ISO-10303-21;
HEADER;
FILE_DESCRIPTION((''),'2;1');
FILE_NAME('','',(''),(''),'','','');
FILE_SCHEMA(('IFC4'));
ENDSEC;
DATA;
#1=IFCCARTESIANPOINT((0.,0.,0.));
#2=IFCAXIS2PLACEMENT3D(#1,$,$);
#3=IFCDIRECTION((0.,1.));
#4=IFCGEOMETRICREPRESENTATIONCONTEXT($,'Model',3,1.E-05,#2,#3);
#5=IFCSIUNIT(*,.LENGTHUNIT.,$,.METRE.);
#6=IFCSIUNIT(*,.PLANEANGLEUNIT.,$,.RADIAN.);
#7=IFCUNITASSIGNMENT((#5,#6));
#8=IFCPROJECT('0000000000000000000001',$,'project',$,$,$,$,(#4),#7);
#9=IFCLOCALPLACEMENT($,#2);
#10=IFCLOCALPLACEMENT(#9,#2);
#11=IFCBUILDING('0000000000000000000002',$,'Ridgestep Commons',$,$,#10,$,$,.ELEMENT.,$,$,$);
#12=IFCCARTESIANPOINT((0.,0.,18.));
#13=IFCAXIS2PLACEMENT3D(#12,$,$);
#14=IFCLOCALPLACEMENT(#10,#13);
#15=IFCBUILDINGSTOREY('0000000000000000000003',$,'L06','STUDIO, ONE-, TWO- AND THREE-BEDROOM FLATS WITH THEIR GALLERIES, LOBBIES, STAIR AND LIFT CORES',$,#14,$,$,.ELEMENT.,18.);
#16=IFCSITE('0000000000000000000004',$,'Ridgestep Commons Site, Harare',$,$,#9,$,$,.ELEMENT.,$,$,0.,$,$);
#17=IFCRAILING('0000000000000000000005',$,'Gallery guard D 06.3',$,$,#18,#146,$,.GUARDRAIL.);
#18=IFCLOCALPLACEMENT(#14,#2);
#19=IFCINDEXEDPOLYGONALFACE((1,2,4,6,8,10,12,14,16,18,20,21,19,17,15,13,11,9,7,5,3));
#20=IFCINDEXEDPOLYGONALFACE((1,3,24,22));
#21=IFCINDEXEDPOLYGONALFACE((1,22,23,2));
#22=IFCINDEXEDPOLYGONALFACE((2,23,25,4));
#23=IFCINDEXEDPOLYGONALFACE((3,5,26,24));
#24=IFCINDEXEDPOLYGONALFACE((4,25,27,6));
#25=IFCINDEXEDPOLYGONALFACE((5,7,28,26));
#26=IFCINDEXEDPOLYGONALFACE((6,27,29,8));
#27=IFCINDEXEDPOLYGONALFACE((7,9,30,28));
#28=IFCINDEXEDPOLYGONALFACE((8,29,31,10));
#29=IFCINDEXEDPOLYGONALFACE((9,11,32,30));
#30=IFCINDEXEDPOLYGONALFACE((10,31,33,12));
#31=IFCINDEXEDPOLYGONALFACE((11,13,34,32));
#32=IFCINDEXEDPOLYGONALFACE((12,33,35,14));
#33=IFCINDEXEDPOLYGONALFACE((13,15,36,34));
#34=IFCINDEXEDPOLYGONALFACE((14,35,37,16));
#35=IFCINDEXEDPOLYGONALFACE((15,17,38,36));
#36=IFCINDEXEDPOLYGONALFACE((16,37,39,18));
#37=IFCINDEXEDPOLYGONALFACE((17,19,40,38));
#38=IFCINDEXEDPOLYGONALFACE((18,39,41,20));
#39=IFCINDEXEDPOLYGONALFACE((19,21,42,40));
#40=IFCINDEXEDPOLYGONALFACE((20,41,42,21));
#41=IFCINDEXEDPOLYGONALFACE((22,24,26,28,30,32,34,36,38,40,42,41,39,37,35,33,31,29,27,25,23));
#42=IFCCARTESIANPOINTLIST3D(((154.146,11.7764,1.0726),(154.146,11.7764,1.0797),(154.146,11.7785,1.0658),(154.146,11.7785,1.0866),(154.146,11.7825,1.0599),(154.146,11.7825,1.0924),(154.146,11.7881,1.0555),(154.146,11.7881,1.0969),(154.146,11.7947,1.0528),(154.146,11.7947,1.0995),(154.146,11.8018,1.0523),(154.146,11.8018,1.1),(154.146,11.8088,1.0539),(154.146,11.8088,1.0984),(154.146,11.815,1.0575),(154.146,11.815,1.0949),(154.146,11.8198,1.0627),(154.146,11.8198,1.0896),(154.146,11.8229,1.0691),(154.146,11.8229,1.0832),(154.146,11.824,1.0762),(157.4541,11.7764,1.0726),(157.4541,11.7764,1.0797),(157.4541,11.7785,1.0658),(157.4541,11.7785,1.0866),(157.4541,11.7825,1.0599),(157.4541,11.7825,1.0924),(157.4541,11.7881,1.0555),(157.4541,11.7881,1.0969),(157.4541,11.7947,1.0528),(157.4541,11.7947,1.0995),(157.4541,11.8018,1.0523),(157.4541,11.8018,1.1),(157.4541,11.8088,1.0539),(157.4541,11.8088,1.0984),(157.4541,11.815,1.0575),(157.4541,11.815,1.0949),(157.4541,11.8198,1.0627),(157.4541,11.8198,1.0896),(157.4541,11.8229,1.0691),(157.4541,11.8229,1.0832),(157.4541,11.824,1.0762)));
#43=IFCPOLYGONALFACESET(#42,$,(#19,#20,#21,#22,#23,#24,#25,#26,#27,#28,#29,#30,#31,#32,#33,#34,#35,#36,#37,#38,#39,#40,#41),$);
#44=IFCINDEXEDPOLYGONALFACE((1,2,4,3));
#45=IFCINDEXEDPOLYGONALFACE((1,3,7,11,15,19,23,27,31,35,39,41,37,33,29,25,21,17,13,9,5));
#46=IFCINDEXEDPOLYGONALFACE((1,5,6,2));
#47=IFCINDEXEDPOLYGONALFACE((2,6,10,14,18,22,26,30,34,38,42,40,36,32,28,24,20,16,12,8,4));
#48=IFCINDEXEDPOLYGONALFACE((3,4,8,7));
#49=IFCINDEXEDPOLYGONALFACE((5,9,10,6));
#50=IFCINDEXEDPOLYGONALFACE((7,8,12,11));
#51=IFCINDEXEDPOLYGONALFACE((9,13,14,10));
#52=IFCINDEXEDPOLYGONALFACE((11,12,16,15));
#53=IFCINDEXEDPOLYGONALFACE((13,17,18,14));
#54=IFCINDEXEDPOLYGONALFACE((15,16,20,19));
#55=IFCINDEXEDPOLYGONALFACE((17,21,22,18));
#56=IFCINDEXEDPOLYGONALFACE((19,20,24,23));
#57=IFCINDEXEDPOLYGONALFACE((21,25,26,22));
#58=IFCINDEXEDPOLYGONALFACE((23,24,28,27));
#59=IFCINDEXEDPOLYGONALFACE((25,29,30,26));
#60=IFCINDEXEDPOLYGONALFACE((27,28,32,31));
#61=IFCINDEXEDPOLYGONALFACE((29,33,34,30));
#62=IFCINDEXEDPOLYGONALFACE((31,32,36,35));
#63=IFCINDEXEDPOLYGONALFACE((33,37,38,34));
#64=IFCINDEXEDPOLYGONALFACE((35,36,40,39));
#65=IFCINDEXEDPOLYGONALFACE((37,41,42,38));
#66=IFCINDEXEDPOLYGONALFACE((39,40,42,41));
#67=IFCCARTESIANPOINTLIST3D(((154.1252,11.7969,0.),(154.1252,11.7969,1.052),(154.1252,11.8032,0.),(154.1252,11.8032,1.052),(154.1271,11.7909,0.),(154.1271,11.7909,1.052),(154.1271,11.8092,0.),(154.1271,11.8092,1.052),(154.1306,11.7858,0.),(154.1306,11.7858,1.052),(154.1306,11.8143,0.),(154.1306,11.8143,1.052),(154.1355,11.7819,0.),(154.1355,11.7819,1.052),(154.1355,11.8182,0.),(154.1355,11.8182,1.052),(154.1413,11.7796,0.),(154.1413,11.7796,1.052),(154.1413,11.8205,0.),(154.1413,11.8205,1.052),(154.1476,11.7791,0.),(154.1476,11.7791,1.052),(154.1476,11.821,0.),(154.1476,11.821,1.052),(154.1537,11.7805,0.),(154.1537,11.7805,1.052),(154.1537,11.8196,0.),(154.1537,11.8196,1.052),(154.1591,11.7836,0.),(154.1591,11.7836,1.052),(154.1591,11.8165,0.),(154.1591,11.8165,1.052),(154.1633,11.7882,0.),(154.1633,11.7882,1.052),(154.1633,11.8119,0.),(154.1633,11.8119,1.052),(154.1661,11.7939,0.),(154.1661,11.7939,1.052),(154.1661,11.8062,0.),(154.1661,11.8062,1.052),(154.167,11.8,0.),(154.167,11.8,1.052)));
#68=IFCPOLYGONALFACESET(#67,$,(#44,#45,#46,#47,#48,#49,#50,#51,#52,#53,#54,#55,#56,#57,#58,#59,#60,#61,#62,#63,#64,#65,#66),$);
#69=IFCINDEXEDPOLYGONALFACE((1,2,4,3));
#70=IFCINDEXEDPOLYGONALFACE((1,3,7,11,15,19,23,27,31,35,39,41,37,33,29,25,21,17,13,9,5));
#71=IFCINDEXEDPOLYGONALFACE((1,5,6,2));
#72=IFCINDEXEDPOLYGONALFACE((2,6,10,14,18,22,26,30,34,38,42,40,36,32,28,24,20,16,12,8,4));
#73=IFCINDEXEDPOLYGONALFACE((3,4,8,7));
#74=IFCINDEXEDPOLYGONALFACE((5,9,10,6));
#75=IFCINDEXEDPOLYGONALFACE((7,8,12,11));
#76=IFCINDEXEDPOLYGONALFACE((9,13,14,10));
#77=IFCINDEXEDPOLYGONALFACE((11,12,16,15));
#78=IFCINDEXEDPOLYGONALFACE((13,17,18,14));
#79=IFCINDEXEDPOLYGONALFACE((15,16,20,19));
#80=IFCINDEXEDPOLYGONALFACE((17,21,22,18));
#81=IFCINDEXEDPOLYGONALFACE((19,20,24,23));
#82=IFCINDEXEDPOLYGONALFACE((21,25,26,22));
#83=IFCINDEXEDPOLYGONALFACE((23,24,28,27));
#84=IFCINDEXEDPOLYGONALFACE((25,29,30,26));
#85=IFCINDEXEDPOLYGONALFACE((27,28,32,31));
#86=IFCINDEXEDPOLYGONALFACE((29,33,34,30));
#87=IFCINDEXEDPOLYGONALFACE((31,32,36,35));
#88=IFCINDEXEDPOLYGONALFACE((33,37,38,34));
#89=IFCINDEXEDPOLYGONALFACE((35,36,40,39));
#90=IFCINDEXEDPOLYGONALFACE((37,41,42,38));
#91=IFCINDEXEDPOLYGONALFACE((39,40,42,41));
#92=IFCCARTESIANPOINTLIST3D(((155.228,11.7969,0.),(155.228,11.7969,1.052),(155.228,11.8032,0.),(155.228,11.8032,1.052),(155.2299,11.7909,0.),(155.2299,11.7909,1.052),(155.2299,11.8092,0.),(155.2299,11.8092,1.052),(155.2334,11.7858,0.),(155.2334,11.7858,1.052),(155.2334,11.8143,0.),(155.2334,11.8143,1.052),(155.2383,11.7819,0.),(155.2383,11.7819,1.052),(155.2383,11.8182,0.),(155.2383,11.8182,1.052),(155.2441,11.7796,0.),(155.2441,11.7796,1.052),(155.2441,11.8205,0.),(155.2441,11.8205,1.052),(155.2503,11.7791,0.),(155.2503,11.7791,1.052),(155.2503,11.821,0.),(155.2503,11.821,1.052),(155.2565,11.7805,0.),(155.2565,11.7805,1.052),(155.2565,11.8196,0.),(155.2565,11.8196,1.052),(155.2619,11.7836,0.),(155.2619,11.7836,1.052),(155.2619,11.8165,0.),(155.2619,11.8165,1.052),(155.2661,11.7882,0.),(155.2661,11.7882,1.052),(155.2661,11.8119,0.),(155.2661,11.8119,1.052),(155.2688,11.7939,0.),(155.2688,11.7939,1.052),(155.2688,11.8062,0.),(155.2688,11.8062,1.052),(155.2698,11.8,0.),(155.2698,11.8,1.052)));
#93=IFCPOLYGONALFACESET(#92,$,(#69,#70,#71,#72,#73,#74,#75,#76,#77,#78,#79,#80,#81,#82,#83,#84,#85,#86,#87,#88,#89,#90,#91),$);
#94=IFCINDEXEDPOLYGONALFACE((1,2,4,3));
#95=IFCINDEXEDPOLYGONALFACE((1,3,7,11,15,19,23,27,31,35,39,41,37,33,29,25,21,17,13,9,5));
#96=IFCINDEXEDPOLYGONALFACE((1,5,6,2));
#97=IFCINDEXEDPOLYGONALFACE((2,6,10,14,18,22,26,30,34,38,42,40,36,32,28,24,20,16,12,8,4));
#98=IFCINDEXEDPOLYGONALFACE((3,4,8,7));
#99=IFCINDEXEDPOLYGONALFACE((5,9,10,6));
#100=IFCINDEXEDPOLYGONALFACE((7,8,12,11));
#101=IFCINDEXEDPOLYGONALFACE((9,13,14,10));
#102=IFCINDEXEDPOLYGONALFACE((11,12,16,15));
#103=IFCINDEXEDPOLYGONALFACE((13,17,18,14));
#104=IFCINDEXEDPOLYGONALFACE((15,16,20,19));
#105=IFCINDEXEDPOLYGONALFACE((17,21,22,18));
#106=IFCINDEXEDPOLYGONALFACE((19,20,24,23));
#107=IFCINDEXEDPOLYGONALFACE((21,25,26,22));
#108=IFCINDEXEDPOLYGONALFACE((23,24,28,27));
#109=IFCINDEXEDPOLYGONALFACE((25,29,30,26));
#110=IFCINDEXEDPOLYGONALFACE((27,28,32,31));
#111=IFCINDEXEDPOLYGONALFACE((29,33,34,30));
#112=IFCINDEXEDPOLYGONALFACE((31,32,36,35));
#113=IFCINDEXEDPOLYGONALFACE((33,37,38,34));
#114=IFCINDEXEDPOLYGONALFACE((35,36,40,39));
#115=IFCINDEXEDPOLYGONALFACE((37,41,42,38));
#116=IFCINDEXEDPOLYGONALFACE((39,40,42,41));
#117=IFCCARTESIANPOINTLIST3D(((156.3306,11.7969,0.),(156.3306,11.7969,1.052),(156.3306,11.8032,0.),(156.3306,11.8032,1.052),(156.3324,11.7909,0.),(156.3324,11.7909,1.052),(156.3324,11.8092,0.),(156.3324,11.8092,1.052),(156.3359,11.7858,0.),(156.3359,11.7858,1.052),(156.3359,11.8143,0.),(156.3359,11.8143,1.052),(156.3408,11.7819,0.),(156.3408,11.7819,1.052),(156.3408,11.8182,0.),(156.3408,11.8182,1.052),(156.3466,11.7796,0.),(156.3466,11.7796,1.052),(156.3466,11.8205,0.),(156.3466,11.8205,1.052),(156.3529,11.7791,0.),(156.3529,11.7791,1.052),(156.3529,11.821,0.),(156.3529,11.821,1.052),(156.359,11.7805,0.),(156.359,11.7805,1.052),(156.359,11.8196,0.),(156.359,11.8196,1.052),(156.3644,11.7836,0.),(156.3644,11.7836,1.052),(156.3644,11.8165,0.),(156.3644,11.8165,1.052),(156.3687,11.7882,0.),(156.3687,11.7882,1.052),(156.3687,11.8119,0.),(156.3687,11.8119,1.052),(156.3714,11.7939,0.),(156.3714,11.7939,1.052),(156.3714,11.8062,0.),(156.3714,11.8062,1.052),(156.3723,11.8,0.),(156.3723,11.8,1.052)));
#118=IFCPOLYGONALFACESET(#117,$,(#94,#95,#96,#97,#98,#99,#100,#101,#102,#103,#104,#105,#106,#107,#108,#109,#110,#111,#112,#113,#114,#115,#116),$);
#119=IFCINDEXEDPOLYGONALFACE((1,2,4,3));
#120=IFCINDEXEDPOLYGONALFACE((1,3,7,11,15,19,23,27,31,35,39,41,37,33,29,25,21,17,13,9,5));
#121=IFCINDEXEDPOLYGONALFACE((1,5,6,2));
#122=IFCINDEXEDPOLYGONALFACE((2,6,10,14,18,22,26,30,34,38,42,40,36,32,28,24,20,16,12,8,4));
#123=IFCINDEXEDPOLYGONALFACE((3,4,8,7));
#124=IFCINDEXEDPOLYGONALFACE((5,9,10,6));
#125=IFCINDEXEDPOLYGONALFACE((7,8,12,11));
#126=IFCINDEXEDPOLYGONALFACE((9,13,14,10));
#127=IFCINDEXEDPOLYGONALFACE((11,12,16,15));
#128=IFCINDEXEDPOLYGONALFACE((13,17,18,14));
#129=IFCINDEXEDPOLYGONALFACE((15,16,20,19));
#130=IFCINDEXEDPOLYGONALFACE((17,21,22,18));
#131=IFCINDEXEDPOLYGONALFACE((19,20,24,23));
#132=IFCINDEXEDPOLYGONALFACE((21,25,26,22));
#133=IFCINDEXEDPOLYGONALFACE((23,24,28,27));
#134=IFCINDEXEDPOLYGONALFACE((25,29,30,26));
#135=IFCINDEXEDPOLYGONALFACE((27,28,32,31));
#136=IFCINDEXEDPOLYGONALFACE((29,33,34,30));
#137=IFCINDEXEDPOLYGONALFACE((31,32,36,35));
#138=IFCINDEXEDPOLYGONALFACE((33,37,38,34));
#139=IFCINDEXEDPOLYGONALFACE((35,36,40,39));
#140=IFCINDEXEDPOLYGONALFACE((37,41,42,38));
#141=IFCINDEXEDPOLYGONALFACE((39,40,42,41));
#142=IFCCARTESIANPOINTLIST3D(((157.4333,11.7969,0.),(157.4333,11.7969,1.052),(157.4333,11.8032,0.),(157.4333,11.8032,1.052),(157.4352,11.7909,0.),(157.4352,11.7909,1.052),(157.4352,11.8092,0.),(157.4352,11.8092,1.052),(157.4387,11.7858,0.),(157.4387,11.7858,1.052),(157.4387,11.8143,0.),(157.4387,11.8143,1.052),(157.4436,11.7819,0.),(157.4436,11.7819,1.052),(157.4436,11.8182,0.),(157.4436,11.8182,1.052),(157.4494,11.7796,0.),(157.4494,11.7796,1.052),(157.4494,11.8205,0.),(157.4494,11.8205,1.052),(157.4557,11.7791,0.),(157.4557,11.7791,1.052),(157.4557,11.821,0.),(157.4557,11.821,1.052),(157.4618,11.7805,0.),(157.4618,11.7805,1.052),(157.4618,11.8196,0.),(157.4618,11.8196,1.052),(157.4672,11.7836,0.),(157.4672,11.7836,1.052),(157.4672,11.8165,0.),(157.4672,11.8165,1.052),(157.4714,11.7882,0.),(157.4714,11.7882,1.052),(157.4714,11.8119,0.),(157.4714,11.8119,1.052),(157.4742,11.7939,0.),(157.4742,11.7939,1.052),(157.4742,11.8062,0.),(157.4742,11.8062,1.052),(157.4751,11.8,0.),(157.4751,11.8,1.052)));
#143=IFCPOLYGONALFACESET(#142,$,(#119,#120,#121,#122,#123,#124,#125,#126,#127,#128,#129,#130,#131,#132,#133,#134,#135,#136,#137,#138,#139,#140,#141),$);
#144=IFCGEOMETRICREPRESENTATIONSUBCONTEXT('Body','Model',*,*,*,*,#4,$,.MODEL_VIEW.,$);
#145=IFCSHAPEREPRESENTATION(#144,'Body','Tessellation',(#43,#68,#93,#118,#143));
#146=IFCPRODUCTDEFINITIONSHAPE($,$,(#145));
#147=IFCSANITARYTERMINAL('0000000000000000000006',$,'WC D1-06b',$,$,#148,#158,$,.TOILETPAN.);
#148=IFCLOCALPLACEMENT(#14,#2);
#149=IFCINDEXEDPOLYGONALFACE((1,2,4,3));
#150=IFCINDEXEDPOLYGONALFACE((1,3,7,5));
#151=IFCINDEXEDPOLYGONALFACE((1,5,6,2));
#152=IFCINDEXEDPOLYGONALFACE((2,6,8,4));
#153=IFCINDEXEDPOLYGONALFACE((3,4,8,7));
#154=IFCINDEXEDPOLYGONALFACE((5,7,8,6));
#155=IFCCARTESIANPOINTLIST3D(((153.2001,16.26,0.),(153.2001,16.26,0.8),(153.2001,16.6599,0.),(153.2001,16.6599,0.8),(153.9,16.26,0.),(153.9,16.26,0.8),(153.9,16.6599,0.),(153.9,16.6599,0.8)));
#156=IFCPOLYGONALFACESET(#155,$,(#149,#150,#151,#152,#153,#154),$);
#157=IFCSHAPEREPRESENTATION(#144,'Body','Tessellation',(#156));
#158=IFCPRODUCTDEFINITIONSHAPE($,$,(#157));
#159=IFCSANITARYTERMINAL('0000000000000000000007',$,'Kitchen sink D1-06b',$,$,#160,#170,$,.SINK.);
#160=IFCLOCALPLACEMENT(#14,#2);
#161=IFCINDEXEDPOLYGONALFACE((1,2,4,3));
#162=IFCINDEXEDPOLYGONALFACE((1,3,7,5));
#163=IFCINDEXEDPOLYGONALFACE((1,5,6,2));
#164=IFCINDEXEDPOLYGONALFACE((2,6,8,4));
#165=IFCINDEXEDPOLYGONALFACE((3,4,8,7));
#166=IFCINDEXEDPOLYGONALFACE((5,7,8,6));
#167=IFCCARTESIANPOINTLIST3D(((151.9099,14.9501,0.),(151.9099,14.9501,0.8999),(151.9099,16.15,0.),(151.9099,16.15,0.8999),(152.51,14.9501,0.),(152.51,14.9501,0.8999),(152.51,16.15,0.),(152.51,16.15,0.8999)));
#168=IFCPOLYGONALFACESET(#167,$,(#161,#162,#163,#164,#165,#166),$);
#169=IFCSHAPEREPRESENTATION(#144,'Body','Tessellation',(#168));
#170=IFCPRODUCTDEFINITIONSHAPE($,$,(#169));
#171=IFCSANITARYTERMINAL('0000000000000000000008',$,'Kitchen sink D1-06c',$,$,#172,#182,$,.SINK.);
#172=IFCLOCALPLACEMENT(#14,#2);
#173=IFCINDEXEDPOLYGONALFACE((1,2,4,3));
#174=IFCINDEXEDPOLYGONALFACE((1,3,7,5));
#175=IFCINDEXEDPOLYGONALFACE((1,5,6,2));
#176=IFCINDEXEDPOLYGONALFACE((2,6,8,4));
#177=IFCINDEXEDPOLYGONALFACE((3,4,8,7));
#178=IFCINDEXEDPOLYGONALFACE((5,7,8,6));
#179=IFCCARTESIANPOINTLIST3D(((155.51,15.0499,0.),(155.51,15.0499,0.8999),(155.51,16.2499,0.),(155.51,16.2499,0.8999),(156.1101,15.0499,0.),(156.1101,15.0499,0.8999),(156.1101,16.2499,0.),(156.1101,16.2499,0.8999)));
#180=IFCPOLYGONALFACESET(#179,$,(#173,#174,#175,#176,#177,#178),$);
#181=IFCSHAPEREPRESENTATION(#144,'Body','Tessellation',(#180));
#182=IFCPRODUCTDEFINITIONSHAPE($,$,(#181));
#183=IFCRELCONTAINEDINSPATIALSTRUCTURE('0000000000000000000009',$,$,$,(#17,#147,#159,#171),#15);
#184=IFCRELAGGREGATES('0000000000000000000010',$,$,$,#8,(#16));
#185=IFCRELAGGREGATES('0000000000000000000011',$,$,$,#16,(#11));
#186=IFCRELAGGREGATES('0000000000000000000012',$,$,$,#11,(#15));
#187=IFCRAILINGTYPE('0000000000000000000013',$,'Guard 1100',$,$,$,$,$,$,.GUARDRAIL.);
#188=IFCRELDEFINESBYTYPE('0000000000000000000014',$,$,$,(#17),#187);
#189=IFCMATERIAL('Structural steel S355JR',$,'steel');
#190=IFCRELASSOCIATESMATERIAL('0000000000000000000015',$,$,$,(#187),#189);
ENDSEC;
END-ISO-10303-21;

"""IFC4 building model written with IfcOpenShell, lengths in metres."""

from ifc_helpers import new_model, si_unit, direction, frame, origin, origin_2d, place, context, subcontext, project, spatial, rectangle, circle, extrude, material, type_object, element, save


model = new_model("IFC4")

# Units and contexts
model_context = context("Model", 3, precision=1e-05, world=origin(), true_north=direction((0.0, 1.0)))
body_context = subcontext(model_context, "Body", "Model", "MODEL_VIEW")
ifc_project = project(units=[si_unit("LENGTHUNIT", "METRE"), si_unit("PLANEANGLEUNIT", "RADIAN")], contexts=[model_context])

# Site, building, storey
site_placement = place(None, origin())
site = spatial("IfcSite", under=ifc_project, at=site_placement, Name="Ridgestep Commons Site, Harare", CompositionType="ELEMENT", RefElevation=0.0)
building_placement = place(site_placement, origin())
building = spatial("IfcBuilding", under=site, at=building_placement, Name="Ridgestep Commons", CompositionType="ELEMENT")
storey_placement = place(building_placement, frame((0.0, 0.0, 18.0)))
storey = spatial("IfcBuildingStorey", under=building, at=storey_placement, Name="L06", Description="STUDIO, ONE-, TWO- AND THREE-BEDROOM FLATS WITH THEIR GALLERIES, LOBBIES, STAIR AND LIFT CORES", CompositionType="ELEMENT", Elevation=18.0)

# Railing
ifc_material_1 = material(Name="Structural steel S355JR", Category="steel")
railing_type = type_object("IfcRailingType", Name="Guard 1100", PredefinedType="GUARDRAIL", material=ifc_material_1)
for number, where, name in (
    (1, (154.146, 11.8, 0.0), "Gallery guard D 06.3"),
):
    element("IfcRailing", number, at=place(storey_placement, frame(where)), inside=storey, type_object=railing_type, Name=name, PredefinedType="GUARDRAIL", context=body_context, shape_type="SweptSolid", body=[
        extrude(circle(Radius=0.0239, at=origin_2d()), frame((0.0, 0.0, 1.0762), z_axis=(1.0, 0.0, 0.0), x_axis=(0.0, 1.0, 0.0)), (0.0, 0.0, 1.0), 3.3081),
        extrude(circle(Radius=0.021, at=origin_2d()), origin(), (0.0, 0.0, 1.0), 1.052),
        extrude(circle(Radius=0.021, at=origin_2d()), frame((1.1028, 0.0, 0.0)), (0.0, 0.0, 1.0), 1.052),
        extrude(circle(Radius=0.021, at=origin_2d()), frame((2.2053, 0.0, 0.0)), (0.0, 0.0, 1.0), 1.052),
        extrude(circle(Radius=0.021, at=origin_2d()), frame((3.3081, 0.0, 0.0)), (0.0, 0.0, 1.0), 1.052),
    ])

# Sanitary terminals
sanitary_terminal_placement = place(storey_placement, frame((153.55, 16.46, 0.0), z_axis=(0.0, 0.0, 1.0), x_axis=(1.0, 0.0, 0.0)))
element("IfcSanitaryTerminal", 2, at=sanitary_terminal_placement, inside=storey, Name="WC D1-06b", PredefinedType="TOILETPAN", context=body_context, shape_type="SweptSolid", body=[
    extrude(rectangle(XDim=0.7, YDim=0.3999, at=origin_2d()), origin(), (0.0, 0.0, 1.0), 0.8),
])
for number, where, z_axis, x_axis, name in (
    (3, (152.21, 15.55, 0.0), (0.0, 0.0, 1.0), (1.0, 0.0, 0.0), "Kitchen sink D1-06b"),
    (4, (155.8101, 15.6499, 0.0), (0.0, 0.0, 1.0), (1.0, 0.0, 0.0), "Kitchen sink D1-06c"),
):
    element("IfcSanitaryTerminal", number, at=place(storey_placement, frame(where, z_axis=z_axis, x_axis=x_axis)), inside=storey, Name=name, PredefinedType="SINK", context=body_context, shape_type="SweptSolid", body=[
        extrude(rectangle(XDim=0.6001, YDim=1.2, at=origin_2d()), origin(), (0.0, 0.0, 1.0), 0.8999),
    ])

save(model, "model.ifc")
